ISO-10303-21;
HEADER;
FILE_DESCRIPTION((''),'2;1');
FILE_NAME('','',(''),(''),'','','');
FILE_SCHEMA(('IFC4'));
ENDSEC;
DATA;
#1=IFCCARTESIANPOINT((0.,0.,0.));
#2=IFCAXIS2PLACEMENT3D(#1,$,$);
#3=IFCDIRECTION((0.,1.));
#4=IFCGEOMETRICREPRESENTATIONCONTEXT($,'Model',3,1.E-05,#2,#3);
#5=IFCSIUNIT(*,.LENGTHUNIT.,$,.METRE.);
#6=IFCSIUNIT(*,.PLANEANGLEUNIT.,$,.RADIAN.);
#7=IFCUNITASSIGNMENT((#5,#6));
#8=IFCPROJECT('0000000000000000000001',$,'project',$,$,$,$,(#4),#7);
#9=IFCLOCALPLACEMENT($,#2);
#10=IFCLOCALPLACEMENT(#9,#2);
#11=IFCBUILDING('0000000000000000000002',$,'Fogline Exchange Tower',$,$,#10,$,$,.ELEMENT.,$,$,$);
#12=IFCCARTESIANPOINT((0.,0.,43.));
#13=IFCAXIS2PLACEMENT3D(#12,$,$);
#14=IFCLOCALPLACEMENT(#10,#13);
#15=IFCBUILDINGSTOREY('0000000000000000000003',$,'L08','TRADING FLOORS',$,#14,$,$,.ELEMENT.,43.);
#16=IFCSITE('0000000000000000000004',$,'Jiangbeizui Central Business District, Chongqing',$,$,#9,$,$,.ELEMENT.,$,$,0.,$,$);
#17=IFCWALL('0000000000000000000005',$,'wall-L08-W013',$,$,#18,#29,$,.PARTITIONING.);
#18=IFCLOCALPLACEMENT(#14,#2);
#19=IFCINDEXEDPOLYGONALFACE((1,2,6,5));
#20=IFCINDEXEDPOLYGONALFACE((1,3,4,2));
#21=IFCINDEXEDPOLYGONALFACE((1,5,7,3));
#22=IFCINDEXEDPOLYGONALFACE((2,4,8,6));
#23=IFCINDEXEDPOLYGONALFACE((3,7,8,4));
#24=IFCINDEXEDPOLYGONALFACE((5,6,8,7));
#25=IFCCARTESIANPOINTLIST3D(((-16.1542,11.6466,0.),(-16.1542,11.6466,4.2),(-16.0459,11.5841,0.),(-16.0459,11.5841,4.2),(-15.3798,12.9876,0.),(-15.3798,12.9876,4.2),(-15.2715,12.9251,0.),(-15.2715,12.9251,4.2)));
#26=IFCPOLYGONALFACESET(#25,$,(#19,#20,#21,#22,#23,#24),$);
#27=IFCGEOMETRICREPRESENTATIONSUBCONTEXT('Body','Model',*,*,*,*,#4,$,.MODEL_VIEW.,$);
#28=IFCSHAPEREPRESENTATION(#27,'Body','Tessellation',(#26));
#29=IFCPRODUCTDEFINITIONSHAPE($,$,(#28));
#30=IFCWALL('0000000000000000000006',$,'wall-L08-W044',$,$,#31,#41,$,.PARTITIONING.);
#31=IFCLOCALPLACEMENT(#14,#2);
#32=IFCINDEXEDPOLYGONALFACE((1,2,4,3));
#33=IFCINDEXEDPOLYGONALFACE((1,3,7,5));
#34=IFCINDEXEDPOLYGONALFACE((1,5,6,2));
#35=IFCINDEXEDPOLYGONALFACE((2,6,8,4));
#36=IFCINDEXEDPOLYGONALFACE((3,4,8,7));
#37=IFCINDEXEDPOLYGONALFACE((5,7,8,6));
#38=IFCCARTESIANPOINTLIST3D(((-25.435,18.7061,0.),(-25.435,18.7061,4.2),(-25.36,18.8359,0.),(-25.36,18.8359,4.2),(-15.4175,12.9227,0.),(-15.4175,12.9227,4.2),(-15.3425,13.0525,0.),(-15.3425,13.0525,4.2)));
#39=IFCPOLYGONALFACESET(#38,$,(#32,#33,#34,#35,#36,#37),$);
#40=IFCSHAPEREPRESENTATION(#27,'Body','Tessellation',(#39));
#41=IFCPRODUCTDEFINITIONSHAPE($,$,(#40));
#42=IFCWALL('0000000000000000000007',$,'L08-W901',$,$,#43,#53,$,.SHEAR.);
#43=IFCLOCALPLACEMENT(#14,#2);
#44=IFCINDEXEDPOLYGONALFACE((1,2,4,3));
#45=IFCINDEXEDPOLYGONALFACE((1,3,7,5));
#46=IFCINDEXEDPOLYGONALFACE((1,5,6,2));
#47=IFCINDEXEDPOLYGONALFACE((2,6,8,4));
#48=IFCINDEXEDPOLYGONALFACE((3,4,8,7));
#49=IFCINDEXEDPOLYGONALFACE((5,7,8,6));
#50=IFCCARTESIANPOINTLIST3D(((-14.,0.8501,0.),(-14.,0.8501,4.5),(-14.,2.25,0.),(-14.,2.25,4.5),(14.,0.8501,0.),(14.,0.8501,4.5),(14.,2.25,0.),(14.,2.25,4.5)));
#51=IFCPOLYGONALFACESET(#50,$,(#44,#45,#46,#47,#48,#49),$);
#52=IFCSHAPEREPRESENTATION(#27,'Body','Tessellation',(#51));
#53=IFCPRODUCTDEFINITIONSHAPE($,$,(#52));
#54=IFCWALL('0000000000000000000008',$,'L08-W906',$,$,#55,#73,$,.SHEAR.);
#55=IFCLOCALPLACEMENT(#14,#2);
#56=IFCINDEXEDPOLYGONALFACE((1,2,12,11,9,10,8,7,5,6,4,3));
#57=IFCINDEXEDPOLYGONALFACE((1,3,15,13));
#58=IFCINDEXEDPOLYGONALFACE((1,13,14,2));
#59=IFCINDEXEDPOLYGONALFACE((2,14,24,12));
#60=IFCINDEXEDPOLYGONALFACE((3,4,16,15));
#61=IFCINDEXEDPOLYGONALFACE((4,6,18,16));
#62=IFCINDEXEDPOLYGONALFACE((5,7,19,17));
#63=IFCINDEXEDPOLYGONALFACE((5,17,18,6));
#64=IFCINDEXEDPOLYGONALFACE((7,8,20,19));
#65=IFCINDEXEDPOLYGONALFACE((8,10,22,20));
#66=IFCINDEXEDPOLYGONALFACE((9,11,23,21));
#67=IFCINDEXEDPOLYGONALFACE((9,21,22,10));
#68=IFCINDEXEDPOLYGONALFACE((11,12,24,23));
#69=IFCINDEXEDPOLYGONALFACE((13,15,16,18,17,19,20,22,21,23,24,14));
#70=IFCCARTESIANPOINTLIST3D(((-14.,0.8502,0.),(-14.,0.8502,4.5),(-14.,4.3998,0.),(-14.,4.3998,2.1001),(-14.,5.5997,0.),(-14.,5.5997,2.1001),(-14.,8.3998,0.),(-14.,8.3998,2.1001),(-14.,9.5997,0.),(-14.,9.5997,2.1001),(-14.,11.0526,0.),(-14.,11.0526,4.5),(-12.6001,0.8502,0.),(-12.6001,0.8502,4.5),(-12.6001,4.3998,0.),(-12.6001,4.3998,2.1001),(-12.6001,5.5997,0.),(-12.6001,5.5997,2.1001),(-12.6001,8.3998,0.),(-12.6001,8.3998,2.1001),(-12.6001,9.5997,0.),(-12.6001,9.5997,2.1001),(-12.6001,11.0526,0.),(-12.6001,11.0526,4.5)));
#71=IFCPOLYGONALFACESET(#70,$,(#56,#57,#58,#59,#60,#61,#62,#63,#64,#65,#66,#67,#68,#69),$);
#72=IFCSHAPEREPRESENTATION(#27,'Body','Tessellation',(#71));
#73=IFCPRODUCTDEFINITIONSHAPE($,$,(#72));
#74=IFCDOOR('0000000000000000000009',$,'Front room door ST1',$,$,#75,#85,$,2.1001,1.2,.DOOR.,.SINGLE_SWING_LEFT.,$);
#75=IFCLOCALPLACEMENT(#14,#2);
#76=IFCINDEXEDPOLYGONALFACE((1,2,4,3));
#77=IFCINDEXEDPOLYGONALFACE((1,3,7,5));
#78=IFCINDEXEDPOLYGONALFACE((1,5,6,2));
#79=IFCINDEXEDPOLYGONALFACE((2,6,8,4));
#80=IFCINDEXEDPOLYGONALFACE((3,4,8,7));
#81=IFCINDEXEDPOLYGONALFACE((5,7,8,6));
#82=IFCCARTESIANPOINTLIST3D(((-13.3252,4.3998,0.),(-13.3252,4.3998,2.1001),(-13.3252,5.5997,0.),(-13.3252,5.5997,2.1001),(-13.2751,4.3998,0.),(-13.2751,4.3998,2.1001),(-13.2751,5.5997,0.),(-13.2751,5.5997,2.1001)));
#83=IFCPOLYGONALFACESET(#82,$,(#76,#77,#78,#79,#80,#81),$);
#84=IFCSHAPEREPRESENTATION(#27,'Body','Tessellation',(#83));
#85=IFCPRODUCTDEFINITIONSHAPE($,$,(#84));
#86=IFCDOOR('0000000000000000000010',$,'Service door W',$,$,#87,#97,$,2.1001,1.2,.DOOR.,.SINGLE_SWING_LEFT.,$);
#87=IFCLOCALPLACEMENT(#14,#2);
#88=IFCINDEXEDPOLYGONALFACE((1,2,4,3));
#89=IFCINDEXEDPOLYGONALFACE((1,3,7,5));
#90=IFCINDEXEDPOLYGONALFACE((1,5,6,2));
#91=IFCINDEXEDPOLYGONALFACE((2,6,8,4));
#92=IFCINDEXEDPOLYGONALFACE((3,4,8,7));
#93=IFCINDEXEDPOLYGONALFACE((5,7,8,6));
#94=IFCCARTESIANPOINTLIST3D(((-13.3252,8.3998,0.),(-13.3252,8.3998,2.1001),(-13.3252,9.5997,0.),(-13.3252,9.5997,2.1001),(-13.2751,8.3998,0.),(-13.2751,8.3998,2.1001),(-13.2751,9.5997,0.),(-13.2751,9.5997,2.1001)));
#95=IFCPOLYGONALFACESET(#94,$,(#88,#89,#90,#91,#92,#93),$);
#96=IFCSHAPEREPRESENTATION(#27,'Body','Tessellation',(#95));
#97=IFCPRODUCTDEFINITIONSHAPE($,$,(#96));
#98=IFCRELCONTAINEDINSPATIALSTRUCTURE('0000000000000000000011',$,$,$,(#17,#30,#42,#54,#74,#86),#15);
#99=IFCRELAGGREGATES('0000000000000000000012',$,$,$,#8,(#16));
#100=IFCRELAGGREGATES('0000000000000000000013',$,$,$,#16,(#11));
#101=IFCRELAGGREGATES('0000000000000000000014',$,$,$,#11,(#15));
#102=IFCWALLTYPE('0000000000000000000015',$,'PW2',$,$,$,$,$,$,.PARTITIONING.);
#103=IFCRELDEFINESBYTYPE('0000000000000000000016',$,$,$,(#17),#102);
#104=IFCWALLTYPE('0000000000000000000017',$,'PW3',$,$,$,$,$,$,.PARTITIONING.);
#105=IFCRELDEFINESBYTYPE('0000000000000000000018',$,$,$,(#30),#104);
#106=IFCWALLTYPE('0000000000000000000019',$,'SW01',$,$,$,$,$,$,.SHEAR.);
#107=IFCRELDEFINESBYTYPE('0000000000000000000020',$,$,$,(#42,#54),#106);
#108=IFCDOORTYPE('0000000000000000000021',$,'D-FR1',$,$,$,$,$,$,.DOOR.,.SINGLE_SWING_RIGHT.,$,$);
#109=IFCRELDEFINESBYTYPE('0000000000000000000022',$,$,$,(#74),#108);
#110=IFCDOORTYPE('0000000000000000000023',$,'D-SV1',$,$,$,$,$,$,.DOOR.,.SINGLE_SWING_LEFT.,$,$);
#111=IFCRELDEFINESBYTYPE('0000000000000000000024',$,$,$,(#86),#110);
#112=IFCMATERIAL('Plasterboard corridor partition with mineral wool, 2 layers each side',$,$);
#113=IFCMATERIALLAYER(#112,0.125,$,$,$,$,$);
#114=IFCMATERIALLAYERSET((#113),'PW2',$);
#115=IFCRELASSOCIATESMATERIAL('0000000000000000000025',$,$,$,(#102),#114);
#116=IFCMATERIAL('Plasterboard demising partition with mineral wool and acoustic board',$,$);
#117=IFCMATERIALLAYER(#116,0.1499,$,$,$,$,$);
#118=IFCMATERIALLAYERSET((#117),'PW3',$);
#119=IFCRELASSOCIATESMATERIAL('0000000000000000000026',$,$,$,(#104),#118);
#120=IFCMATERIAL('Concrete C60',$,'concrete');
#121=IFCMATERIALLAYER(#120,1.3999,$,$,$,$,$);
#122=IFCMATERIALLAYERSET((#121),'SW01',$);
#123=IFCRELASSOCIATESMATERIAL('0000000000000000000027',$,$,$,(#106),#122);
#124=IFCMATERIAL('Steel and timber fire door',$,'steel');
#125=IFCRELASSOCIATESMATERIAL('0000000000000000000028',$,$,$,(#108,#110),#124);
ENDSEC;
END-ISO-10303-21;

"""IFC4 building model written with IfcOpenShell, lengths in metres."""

from ifc_helpers import new_model, si_unit, direction, frame, frame_2d, origin, place, context, subcontext, project, spatial, rectangle, extrude, material, layer, layer_set, type_object, element, fill, save


model = new_model("IFC4")

# Units and contexts
model_context = context("Model", 3, precision=1e-05, world=origin(), true_north=direction((0.0, 1.0)))
body_context = subcontext(model_context, "Body", "Model", "MODEL_VIEW")
ifc_project = project(units=[si_unit("LENGTHUNIT", "METRE"), si_unit("PLANEANGLEUNIT", "RADIAN")], contexts=[model_context])

# Site, building, storey
site_placement = place(None, origin())
site = spatial("IfcSite", under=ifc_project, at=site_placement, Name="Jiangbeizui Central Business District, Chongqing", CompositionType="ELEMENT", RefElevation=0.0)
building_placement = place(site_placement, origin())
building = spatial("IfcBuilding", under=site, at=building_placement, Name="Fogline Exchange Tower", CompositionType="ELEMENT")
storey_placement = place(building_placement, frame((0.0, 0.0, 43.0)))
storey = spatial("IfcBuildingStorey", under=building, at=storey_placement, Name="L08", Description="TRADING FLOORS", CompositionType="ELEMENT", Elevation=43.0)

# Shared definitions
ifc_material_1 = material(Name="Plasterboard corridor partition with mineral wool, 2 layers each side")
ifc_layer_1 = layer(ifc_material_1, 0.125)
ifc_layer_set_1 = layer_set([ifc_layer_1], Name="PW2")
wall_type_1 = type_object("IfcWallType", Name="PW2", PredefinedType="PARTITIONING", material=ifc_layer_set_1)

# Walls
wall_1_placement = place(storey_placement, frame((-16.1001, 11.6152, 0.0), z_axis=(0.0, 0.0, 1.0), x_axis=(0.500073, 0.865983, 0.0)))
element("IfcWall", 1, at=wall_1_placement, inside=storey, type_object=wall_type_1, Name="wall-L08-W013", PredefinedType="PARTITIONING", context=body_context, shape_type="SweptSolid", body=[
    extrude(rectangle(XDim=1.5486, YDim=0.125, at=frame_2d((0.7744, 0.0))), origin(), (0.0, 0.0, 1.0), 4.2),
])
ifc_material_2 = material(Name="Plasterboard demising partition with mineral wool and acoustic board")
ifc_layer_2 = layer(ifc_material_2, 0.1499)
ifc_layer_set_2 = layer_set([ifc_layer_2], Name="PW3")
wall_type_2 = type_object("IfcWallType", Name="PW3", PredefinedType="PARTITIONING", material=ifc_layer_set_2)
wall_2_placement = place(storey_placement, frame((-15.3799, 12.9875, 0.0), z_axis=(0.0, 0.0, 1.0), x_axis=(-0.866033, 0.499987, 0.0)))
element("IfcWall", 2, at=wall_2_placement, inside=storey, type_object=wall_type_2, Name="wall-L08-W044", PredefinedType="PARTITIONING", context=body_context, shape_type="SweptSolid", body=[
    extrude(rectangle(XDim=11.5671, YDim=0.1499, at=frame_2d((5.7837, 0.0))), origin(), (0.0, 0.0, 1.0), 4.2),
])
ifc_material_3 = material(Name="Concrete C60", Category="concrete")
ifc_layer_3 = layer(ifc_material_3, 1.3999)
ifc_layer_set_3 = layer_set([ifc_layer_3], Name="SW01")
wall_type_3 = type_object("IfcWallType", Name="SW01", PredefinedType="SHEAR", material=ifc_layer_set_3)
wall_3_placement = place(storey_placement, frame((-14.0, 1.55, 0.0), z_axis=(0.0, 0.0, 1.0), x_axis=(1.0, 0.0, 0.0)))
element("IfcWall", 3, at=wall_3_placement, inside=storey, type_object=wall_type_3, Name="L08-W901", PredefinedType="SHEAR", context=body_context, shape_type="SweptSolid", body=[
    extrude(rectangle(XDim=28.0, YDim=1.3999, at=frame_2d((14.0, 0.0))), origin(), (0.0, 0.0, 1.0), 4.5),
])

# Wall, openings, doors
wall_4_placement = place(storey_placement, frame((-13.3, 11.0525, 0.0), z_axis=(0.0, 0.0, 1.0), x_axis=(0.0, -1.0, 0.0)))
wall_4 = element("IfcWall", 4, at=wall_4_placement, inside=storey, type_object=wall_type_3, Name="L08-W906", PredefinedType="SHEAR", context=body_context, shape_type="SweptSolid", body=[
    extrude(rectangle(XDim=10.2024, YDim=1.3999, at=frame_2d((5.1011, 0.0))), origin(), (0.0, 0.0, 1.0), 4.5),
])
opening_1_placement = place(wall_4_placement, frame((5.4526, 0.0, 0.0)))
opening_1 = element("IfcOpeningElement", 5, at=opening_1_placement, cuts=wall_4, PredefinedType="OPENING", context=body_context, shape_type="SweptSolid", body=[
    extrude(rectangle(XDim=1.2, YDim=2.1001, at=frame_2d((0.6001, 1.05))), frame((0.0, 0.71, 0.0), z_axis=(0.0, -1.0, 0.0), x_axis=(1.0, 0.0, 0.0)), (0.0, 0.0, 1.0), 1.4199),
])
opening_2_placement = place(wall_4_placement, frame((1.4526, 0.0, 0.0)))
opening_2 = element("IfcOpeningElement", 6, at=opening_2_placement, cuts=wall_4, PredefinedType="OPENING", context=body_context, shape_type="SweptSolid", body=[
    extrude(rectangle(XDim=1.2, YDim=2.1001, at=frame_2d((0.6001, 1.05))), frame((0.0, 0.71, 0.0), z_axis=(0.0, -1.0, 0.0), x_axis=(1.0, 0.0, 0.0)), (0.0, 0.0, 1.0), 1.4199),
])
ifc_material_4 = material(Name="Steel and timber fire door", Category="steel")
door_type_1 = type_object("IfcDoorType", Name="D-FR1", OperationType="SINGLE_SWING_RIGHT", PredefinedType="DOOR", material=ifc_material_4)
door_1_placement = place(opening_1_placement, origin())
door_1 = element("IfcDoor", 7, at=door_1_placement, inside=storey, type_object=door_type_1, Name="Front room door ST1", OperationType="SINGLE_SWING_LEFT", OverallHeight=2.1001, OverallWidth=1.2, PredefinedType="DOOR", context=body_context, shape_type="SweptSolid", body=[
    extrude(rectangle(XDim=1.2, YDim=2.1001, at=frame_2d((0.6001, 1.05))), frame((0.0, 0.0249, 0.0), z_axis=(0.0, -1.0, 0.0), x_axis=(1.0, 0.0, 0.0)), (0.0, 0.0, 1.0), 0.05),
])
fill(opening_1, door_1)
door_type_2 = type_object("IfcDoorType", Name="D-SV1", OperationType="SINGLE_SWING_LEFT", PredefinedType="DOOR", material=ifc_material_4)
door_2_placement = place(opening_2_placement, origin())
door_2 = element("IfcDoor", 8, at=door_2_placement, inside=storey, type_object=door_type_2, Name="Service door W", OperationType="SINGLE_SWING_LEFT", OverallHeight=2.1001, OverallWidth=1.2, PredefinedType="DOOR", context=body_context, shape_type="SweptSolid", body=[
    extrude(rectangle(XDim=1.2, YDim=2.1001, at=frame_2d((0.6001, 1.05))), frame((0.0, 0.0249, 0.0), z_axis=(0.0, -1.0, 0.0), x_axis=(1.0, 0.0, 0.0)), (0.0, 0.0, 1.0), 0.05),
])
fill(opening_2, door_2)

save(model, "model.ifc")
